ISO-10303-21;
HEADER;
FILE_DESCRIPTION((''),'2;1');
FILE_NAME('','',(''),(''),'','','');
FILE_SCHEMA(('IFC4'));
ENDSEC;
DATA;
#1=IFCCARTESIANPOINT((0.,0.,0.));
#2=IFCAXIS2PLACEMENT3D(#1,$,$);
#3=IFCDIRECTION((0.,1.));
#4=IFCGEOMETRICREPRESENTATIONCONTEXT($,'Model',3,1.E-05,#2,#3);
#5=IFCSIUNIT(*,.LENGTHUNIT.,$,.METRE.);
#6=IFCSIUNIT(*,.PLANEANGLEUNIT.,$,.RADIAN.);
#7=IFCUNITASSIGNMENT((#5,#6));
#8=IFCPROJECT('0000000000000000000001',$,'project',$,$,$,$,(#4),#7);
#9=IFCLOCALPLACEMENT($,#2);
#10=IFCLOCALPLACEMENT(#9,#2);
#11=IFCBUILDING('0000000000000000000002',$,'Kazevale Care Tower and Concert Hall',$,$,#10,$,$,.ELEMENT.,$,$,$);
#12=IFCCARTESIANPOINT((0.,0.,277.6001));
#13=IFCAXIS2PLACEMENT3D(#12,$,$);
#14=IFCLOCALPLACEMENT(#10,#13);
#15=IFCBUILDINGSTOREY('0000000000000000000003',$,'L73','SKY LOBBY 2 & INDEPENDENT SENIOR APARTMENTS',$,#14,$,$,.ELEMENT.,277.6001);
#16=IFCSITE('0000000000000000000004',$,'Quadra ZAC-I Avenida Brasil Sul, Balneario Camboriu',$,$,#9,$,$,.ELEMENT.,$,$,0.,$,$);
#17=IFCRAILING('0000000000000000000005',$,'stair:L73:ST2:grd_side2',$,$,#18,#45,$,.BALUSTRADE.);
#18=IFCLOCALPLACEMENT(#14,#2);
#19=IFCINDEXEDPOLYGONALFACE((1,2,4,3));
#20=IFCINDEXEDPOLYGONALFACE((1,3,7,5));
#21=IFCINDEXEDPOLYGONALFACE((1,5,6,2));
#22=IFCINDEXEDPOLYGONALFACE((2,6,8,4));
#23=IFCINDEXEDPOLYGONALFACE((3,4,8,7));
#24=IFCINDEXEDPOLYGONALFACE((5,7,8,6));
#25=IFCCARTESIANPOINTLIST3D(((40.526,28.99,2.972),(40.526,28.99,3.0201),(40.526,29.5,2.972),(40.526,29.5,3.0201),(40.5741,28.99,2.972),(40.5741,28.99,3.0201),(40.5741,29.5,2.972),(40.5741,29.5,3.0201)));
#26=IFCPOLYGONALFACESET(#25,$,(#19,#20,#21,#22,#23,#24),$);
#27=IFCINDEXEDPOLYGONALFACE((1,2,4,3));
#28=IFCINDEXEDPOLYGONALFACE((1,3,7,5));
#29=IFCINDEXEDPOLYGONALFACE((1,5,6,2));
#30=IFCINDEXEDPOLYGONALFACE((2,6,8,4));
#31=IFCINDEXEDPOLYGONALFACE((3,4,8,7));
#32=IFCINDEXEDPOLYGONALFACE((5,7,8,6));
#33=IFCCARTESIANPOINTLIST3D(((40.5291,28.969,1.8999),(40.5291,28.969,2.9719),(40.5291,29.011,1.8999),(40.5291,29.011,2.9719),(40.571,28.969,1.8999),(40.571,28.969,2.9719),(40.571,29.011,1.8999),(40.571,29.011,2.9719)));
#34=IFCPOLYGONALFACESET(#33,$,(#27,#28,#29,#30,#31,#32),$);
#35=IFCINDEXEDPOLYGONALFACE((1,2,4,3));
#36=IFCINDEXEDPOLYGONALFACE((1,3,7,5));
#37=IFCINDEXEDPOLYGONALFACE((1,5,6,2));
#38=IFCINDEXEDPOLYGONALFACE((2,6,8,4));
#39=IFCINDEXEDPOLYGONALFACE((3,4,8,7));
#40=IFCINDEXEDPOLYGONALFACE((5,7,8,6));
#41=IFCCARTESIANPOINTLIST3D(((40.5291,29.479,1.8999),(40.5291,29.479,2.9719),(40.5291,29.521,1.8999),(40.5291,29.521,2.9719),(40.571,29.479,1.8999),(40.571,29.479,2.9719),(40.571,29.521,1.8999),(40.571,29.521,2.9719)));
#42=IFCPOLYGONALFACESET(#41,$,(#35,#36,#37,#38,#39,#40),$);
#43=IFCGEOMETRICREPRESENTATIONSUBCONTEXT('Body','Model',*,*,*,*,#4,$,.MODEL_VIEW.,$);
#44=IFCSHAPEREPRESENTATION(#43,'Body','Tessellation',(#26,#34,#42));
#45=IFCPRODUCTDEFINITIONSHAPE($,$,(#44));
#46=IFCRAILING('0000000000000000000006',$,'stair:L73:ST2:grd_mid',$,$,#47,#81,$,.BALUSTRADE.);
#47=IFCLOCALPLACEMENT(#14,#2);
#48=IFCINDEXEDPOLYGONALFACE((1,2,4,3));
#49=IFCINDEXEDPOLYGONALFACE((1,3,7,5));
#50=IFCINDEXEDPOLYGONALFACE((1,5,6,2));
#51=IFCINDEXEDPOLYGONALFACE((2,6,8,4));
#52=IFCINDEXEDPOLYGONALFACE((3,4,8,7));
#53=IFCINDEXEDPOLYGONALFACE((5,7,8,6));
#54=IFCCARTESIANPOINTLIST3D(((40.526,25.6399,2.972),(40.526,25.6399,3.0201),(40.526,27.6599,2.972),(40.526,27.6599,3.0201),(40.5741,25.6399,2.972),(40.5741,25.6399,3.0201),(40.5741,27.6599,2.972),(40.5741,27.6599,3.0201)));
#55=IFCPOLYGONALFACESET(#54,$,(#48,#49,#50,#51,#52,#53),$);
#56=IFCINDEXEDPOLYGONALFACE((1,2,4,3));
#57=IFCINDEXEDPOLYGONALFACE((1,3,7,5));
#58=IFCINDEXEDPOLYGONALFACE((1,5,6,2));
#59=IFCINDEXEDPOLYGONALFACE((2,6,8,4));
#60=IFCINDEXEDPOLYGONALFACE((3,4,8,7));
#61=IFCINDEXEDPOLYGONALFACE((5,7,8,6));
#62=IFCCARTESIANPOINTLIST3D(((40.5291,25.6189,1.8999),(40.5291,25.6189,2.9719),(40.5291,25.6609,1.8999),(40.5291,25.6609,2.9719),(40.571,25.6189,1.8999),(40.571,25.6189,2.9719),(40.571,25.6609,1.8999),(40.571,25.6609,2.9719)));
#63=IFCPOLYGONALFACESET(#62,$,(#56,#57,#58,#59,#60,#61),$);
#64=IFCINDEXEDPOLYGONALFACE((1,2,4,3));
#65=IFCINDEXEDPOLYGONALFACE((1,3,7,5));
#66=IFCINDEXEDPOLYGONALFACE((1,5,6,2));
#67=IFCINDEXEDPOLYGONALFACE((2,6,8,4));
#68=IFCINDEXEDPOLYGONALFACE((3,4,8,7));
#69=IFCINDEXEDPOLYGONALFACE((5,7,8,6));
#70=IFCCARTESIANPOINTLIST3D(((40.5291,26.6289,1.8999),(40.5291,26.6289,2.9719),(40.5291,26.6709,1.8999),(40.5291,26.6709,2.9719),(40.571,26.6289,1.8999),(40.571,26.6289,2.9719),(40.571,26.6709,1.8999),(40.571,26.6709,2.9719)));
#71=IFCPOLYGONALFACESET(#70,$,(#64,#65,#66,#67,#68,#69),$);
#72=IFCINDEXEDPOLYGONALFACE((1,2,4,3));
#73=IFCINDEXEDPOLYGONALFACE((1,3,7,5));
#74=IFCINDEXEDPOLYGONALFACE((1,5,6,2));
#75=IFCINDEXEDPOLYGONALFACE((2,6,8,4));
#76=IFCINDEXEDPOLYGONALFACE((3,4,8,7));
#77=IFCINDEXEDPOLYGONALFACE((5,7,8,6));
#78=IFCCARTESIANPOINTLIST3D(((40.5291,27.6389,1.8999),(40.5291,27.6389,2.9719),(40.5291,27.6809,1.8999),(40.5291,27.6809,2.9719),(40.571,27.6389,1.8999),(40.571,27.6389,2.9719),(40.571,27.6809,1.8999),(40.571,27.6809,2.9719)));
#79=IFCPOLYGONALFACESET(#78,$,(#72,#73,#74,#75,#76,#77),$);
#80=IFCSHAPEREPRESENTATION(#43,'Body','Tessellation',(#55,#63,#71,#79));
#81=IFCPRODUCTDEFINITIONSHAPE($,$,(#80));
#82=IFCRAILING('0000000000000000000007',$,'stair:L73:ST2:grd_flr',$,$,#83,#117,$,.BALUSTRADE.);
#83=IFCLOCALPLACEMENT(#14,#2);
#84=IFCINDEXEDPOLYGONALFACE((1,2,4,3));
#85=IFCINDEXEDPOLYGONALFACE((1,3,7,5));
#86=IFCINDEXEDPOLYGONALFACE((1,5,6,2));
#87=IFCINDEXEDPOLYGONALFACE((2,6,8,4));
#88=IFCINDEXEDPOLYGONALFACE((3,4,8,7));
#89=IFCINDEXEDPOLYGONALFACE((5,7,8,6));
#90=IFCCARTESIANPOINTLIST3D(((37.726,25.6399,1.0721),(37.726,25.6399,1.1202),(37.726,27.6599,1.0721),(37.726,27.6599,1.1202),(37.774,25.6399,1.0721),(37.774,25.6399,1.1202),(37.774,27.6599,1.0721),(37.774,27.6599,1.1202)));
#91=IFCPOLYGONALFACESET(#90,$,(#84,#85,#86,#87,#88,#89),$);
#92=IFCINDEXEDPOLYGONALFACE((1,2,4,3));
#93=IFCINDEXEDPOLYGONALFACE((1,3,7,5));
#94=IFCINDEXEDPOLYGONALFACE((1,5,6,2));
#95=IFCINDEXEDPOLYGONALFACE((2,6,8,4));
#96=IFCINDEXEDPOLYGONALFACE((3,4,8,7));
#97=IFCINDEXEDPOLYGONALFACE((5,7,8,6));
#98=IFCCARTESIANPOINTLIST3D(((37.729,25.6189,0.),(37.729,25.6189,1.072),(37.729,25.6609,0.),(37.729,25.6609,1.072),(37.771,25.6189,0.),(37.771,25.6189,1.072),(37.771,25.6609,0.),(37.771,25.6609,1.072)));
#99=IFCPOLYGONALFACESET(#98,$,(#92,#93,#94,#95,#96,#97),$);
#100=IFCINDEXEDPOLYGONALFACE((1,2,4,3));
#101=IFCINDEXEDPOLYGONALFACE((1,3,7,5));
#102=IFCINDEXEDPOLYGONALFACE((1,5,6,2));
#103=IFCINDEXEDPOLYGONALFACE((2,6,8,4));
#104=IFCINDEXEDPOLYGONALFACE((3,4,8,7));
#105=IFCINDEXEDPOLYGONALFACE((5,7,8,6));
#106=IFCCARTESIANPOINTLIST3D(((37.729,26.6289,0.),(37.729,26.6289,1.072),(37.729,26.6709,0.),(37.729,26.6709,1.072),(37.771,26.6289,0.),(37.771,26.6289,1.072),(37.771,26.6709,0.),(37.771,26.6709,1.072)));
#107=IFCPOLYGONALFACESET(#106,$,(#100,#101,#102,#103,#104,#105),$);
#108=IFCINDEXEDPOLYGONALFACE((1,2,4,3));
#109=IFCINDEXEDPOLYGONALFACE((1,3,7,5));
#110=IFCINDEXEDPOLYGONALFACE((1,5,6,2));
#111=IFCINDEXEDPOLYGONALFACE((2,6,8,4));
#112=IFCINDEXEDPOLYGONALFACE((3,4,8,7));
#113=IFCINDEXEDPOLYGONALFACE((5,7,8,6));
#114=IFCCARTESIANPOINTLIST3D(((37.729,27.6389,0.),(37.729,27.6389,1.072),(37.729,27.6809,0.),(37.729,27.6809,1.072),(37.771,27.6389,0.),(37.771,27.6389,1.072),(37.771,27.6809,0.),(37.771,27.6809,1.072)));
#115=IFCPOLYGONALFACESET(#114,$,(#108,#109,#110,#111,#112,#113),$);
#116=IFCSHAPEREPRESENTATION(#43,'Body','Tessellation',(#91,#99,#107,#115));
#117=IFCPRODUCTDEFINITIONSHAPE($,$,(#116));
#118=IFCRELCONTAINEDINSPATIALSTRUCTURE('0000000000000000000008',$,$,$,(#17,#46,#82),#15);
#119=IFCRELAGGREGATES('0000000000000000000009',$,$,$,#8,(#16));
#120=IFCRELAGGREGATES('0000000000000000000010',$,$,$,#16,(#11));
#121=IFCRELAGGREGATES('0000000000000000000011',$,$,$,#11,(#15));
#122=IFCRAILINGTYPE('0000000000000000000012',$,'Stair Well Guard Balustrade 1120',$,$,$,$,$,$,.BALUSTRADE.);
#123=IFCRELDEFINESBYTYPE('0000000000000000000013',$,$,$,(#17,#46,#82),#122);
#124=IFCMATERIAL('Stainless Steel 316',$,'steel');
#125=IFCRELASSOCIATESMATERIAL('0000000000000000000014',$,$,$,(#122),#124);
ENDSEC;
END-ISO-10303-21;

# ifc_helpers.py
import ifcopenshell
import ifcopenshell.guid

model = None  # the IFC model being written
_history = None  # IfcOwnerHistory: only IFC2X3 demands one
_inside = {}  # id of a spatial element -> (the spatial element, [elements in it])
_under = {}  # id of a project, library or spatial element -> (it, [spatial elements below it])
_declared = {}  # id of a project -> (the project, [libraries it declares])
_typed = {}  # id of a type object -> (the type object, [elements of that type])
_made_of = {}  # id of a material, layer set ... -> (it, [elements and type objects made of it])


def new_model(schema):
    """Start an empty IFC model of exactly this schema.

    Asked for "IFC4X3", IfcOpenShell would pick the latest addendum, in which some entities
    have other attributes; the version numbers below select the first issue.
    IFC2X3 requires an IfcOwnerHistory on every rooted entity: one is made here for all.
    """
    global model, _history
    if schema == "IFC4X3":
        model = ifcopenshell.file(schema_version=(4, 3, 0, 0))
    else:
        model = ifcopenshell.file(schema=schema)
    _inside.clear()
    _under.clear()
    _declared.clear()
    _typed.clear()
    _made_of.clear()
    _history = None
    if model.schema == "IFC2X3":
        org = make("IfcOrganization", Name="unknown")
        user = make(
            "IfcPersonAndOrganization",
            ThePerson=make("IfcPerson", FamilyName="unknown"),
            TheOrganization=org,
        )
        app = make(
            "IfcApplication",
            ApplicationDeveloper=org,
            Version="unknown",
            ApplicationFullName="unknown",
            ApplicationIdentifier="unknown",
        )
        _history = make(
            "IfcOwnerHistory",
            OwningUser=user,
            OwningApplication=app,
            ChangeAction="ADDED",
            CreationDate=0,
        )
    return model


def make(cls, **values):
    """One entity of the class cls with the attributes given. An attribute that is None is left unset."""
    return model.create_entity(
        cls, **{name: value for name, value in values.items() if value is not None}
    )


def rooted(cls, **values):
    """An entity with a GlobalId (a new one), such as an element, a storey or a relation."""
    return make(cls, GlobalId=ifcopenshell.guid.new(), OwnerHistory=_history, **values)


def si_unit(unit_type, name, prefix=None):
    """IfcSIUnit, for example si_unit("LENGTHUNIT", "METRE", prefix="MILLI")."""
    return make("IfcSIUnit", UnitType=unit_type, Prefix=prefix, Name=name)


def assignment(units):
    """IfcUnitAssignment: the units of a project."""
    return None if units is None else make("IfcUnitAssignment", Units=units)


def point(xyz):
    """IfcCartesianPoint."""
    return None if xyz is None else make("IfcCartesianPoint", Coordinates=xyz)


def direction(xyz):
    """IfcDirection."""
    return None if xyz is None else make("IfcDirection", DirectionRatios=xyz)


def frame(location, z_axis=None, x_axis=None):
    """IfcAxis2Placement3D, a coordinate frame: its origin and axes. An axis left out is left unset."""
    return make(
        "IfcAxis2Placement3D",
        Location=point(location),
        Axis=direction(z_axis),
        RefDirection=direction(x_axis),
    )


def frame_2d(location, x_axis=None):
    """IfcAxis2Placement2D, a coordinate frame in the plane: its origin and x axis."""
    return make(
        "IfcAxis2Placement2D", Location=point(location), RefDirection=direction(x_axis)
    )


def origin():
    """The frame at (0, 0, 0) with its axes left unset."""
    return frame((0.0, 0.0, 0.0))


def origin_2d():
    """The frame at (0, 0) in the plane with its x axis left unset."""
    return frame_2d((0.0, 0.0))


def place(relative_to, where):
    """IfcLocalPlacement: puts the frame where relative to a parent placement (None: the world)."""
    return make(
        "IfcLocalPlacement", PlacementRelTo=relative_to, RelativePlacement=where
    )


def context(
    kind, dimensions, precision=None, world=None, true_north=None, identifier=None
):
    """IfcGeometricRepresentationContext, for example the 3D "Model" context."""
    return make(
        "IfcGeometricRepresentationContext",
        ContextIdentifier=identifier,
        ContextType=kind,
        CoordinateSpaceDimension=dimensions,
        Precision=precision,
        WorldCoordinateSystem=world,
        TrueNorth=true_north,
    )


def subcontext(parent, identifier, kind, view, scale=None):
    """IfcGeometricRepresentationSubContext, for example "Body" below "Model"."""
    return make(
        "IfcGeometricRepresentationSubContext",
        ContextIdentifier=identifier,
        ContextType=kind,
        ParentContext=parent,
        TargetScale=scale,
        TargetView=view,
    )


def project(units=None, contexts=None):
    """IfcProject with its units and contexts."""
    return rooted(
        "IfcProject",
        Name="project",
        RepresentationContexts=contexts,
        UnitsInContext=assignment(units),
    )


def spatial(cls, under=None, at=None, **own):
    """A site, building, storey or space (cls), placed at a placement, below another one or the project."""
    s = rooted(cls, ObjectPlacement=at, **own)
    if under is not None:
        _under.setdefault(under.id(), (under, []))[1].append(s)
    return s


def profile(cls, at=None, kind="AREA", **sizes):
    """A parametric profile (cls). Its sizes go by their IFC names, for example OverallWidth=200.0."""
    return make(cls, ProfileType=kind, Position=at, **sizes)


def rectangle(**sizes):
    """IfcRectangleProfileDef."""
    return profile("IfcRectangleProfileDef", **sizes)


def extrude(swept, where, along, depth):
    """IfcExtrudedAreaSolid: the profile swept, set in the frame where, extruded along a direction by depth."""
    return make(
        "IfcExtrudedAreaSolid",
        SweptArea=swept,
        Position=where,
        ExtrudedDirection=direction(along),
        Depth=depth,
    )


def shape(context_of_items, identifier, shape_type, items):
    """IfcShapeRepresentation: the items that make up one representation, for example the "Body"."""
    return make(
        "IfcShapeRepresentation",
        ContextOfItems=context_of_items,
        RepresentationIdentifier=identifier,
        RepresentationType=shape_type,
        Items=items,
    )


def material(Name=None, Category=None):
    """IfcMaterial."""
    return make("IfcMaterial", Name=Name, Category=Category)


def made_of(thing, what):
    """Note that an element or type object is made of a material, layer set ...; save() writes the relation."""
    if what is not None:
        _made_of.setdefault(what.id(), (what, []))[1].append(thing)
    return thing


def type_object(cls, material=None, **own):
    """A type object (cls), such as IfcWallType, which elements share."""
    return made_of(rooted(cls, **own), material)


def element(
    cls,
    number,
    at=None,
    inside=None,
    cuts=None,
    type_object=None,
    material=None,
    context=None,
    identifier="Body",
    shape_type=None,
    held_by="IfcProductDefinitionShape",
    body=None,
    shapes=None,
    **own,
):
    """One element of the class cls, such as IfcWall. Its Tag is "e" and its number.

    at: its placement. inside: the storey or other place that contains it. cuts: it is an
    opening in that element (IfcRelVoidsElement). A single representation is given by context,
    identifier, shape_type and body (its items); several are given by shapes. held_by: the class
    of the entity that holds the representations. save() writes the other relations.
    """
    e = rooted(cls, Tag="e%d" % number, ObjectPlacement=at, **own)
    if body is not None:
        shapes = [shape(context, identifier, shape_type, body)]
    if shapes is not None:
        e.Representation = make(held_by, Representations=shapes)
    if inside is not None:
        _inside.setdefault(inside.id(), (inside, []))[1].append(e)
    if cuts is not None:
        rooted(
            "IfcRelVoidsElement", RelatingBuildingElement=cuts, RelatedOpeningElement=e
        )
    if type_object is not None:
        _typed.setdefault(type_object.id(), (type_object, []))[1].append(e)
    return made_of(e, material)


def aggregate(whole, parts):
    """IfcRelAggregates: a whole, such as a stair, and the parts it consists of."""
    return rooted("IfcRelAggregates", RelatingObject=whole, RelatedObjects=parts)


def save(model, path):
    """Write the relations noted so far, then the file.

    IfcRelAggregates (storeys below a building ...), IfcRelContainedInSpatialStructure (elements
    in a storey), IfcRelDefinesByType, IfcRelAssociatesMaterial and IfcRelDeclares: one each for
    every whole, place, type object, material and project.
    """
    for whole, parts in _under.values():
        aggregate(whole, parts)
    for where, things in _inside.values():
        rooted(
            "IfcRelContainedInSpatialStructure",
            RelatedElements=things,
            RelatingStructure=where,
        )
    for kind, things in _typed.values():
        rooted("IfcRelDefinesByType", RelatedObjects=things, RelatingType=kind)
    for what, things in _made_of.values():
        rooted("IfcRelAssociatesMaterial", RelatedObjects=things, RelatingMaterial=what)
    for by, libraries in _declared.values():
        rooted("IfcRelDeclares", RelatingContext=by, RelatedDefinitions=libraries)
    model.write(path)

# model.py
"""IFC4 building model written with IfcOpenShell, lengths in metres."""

from ifc_helpers import new_model, si_unit, direction, frame, origin, origin_2d, place, context, subcontext, project, spatial, rectangle, extrude, material, type_object, element, save


model = new_model("IFC4")

# Units and contexts
model_context = context("Model", 3, precision=1e-05, world=origin(), true_north=direction((0.0, 1.0)))
body_context = subcontext(model_context, "Body", "Model", "MODEL_VIEW")
ifc_project = project(units=[si_unit("LENGTHUNIT", "METRE"), si_unit("PLANEANGLEUNIT", "RADIAN")], contexts=[model_context])

# Site, building, storey
site_placement = place(None, origin())
site = spatial("IfcSite", under=ifc_project, at=site_placement, Name="Quadra ZAC-I Avenida Brasil Sul, Balneario Camboriu", CompositionType="ELEMENT", RefElevation=0.0)
building_placement = place(site_placement, origin())
building = spatial("IfcBuilding", under=site, at=building_placement, Name="Kazevale Care Tower and Concert Hall", CompositionType="ELEMENT")
storey_placement = place(building_placement, frame((0.0, 0.0, 277.6001)))
storey = spatial("IfcBuildingStorey", under=building, at=storey_placement, Name="L73", Description="SKY LOBBY 2 & INDEPENDENT SENIOR APARTMENTS", CompositionType="ELEMENT", Elevation=277.6001)

# Railings
ifc_material_1 = material(Name="Stainless Steel 316", Category="steel")
railing_type_1 = type_object("IfcRailingType", Name="Stair Well Guard Balustrade 1120", PredefinedType="BALUSTRADE", material=ifc_material_1)
railing_1_placement = place(storey_placement, frame((40.55, 28.99, 1.8999)))
element("IfcRailing", 1, at=railing_1_placement, inside=storey, type_object=railing_type_1, Name="stair:L73:ST2:grd_side2", PredefinedType="BALUSTRADE", context=body_context, shape_type="SweptSolid", body=[
    extrude(rectangle(XDim=0.0481, YDim=0.0481, at=origin_2d()), frame((0.0, 0.0, 1.0962), z_axis=(0.0, 1.0, 0.0), x_axis=(-1.0, 0.0, 0.0)), (0.0, 0.0, 1.0), 0.51),
    extrude(rectangle(XDim=0.042, YDim=0.042, at=origin_2d()), origin(), (0.0, 0.0, 1.0), 1.072),
    extrude(rectangle(XDim=0.042, YDim=0.042, at=origin_2d()), frame((0.0, 0.51, 0.0)), (0.0, 0.0, 1.0), 1.072),
])
for number, where, name in (
    (2, (40.55, 25.6399, 1.8999), "stair:L73:ST2:grd_mid"),
    (3, (37.75, 25.6399, 0.0), "stair:L73:ST2:grd_flr"),
):
    element("IfcRailing", number, at=place(storey_placement, frame(where)), inside=storey, type_object=railing_type_1, Name=name, PredefinedType="BALUSTRADE", context=body_context, shape_type="SweptSolid", body=[
        extrude(rectangle(XDim=0.0481, YDim=0.0481, at=origin_2d()), frame((0.0, 0.0, 1.0962), z_axis=(0.0, 1.0, 0.0), x_axis=(-1.0, 0.0, 0.0)), (0.0, 0.0, 1.0), 2.02),
        extrude(rectangle(XDim=0.042, YDim=0.042, at=origin_2d()), origin(), (0.0, 0.0, 1.0), 1.072),
        extrude(rectangle(XDim=0.042, YDim=0.042, at=origin_2d()), frame((0.0, 1.01, 0.0)), (0.0, 0.0, 1.0), 1.072),
        extrude(rectangle(XDim=0.042, YDim=0.042, at=origin_2d()), frame((0.0, 2.02, 0.0)), (0.0, 0.0, 1.0), 1.072),
    ])

save(model, "model.ifc")
